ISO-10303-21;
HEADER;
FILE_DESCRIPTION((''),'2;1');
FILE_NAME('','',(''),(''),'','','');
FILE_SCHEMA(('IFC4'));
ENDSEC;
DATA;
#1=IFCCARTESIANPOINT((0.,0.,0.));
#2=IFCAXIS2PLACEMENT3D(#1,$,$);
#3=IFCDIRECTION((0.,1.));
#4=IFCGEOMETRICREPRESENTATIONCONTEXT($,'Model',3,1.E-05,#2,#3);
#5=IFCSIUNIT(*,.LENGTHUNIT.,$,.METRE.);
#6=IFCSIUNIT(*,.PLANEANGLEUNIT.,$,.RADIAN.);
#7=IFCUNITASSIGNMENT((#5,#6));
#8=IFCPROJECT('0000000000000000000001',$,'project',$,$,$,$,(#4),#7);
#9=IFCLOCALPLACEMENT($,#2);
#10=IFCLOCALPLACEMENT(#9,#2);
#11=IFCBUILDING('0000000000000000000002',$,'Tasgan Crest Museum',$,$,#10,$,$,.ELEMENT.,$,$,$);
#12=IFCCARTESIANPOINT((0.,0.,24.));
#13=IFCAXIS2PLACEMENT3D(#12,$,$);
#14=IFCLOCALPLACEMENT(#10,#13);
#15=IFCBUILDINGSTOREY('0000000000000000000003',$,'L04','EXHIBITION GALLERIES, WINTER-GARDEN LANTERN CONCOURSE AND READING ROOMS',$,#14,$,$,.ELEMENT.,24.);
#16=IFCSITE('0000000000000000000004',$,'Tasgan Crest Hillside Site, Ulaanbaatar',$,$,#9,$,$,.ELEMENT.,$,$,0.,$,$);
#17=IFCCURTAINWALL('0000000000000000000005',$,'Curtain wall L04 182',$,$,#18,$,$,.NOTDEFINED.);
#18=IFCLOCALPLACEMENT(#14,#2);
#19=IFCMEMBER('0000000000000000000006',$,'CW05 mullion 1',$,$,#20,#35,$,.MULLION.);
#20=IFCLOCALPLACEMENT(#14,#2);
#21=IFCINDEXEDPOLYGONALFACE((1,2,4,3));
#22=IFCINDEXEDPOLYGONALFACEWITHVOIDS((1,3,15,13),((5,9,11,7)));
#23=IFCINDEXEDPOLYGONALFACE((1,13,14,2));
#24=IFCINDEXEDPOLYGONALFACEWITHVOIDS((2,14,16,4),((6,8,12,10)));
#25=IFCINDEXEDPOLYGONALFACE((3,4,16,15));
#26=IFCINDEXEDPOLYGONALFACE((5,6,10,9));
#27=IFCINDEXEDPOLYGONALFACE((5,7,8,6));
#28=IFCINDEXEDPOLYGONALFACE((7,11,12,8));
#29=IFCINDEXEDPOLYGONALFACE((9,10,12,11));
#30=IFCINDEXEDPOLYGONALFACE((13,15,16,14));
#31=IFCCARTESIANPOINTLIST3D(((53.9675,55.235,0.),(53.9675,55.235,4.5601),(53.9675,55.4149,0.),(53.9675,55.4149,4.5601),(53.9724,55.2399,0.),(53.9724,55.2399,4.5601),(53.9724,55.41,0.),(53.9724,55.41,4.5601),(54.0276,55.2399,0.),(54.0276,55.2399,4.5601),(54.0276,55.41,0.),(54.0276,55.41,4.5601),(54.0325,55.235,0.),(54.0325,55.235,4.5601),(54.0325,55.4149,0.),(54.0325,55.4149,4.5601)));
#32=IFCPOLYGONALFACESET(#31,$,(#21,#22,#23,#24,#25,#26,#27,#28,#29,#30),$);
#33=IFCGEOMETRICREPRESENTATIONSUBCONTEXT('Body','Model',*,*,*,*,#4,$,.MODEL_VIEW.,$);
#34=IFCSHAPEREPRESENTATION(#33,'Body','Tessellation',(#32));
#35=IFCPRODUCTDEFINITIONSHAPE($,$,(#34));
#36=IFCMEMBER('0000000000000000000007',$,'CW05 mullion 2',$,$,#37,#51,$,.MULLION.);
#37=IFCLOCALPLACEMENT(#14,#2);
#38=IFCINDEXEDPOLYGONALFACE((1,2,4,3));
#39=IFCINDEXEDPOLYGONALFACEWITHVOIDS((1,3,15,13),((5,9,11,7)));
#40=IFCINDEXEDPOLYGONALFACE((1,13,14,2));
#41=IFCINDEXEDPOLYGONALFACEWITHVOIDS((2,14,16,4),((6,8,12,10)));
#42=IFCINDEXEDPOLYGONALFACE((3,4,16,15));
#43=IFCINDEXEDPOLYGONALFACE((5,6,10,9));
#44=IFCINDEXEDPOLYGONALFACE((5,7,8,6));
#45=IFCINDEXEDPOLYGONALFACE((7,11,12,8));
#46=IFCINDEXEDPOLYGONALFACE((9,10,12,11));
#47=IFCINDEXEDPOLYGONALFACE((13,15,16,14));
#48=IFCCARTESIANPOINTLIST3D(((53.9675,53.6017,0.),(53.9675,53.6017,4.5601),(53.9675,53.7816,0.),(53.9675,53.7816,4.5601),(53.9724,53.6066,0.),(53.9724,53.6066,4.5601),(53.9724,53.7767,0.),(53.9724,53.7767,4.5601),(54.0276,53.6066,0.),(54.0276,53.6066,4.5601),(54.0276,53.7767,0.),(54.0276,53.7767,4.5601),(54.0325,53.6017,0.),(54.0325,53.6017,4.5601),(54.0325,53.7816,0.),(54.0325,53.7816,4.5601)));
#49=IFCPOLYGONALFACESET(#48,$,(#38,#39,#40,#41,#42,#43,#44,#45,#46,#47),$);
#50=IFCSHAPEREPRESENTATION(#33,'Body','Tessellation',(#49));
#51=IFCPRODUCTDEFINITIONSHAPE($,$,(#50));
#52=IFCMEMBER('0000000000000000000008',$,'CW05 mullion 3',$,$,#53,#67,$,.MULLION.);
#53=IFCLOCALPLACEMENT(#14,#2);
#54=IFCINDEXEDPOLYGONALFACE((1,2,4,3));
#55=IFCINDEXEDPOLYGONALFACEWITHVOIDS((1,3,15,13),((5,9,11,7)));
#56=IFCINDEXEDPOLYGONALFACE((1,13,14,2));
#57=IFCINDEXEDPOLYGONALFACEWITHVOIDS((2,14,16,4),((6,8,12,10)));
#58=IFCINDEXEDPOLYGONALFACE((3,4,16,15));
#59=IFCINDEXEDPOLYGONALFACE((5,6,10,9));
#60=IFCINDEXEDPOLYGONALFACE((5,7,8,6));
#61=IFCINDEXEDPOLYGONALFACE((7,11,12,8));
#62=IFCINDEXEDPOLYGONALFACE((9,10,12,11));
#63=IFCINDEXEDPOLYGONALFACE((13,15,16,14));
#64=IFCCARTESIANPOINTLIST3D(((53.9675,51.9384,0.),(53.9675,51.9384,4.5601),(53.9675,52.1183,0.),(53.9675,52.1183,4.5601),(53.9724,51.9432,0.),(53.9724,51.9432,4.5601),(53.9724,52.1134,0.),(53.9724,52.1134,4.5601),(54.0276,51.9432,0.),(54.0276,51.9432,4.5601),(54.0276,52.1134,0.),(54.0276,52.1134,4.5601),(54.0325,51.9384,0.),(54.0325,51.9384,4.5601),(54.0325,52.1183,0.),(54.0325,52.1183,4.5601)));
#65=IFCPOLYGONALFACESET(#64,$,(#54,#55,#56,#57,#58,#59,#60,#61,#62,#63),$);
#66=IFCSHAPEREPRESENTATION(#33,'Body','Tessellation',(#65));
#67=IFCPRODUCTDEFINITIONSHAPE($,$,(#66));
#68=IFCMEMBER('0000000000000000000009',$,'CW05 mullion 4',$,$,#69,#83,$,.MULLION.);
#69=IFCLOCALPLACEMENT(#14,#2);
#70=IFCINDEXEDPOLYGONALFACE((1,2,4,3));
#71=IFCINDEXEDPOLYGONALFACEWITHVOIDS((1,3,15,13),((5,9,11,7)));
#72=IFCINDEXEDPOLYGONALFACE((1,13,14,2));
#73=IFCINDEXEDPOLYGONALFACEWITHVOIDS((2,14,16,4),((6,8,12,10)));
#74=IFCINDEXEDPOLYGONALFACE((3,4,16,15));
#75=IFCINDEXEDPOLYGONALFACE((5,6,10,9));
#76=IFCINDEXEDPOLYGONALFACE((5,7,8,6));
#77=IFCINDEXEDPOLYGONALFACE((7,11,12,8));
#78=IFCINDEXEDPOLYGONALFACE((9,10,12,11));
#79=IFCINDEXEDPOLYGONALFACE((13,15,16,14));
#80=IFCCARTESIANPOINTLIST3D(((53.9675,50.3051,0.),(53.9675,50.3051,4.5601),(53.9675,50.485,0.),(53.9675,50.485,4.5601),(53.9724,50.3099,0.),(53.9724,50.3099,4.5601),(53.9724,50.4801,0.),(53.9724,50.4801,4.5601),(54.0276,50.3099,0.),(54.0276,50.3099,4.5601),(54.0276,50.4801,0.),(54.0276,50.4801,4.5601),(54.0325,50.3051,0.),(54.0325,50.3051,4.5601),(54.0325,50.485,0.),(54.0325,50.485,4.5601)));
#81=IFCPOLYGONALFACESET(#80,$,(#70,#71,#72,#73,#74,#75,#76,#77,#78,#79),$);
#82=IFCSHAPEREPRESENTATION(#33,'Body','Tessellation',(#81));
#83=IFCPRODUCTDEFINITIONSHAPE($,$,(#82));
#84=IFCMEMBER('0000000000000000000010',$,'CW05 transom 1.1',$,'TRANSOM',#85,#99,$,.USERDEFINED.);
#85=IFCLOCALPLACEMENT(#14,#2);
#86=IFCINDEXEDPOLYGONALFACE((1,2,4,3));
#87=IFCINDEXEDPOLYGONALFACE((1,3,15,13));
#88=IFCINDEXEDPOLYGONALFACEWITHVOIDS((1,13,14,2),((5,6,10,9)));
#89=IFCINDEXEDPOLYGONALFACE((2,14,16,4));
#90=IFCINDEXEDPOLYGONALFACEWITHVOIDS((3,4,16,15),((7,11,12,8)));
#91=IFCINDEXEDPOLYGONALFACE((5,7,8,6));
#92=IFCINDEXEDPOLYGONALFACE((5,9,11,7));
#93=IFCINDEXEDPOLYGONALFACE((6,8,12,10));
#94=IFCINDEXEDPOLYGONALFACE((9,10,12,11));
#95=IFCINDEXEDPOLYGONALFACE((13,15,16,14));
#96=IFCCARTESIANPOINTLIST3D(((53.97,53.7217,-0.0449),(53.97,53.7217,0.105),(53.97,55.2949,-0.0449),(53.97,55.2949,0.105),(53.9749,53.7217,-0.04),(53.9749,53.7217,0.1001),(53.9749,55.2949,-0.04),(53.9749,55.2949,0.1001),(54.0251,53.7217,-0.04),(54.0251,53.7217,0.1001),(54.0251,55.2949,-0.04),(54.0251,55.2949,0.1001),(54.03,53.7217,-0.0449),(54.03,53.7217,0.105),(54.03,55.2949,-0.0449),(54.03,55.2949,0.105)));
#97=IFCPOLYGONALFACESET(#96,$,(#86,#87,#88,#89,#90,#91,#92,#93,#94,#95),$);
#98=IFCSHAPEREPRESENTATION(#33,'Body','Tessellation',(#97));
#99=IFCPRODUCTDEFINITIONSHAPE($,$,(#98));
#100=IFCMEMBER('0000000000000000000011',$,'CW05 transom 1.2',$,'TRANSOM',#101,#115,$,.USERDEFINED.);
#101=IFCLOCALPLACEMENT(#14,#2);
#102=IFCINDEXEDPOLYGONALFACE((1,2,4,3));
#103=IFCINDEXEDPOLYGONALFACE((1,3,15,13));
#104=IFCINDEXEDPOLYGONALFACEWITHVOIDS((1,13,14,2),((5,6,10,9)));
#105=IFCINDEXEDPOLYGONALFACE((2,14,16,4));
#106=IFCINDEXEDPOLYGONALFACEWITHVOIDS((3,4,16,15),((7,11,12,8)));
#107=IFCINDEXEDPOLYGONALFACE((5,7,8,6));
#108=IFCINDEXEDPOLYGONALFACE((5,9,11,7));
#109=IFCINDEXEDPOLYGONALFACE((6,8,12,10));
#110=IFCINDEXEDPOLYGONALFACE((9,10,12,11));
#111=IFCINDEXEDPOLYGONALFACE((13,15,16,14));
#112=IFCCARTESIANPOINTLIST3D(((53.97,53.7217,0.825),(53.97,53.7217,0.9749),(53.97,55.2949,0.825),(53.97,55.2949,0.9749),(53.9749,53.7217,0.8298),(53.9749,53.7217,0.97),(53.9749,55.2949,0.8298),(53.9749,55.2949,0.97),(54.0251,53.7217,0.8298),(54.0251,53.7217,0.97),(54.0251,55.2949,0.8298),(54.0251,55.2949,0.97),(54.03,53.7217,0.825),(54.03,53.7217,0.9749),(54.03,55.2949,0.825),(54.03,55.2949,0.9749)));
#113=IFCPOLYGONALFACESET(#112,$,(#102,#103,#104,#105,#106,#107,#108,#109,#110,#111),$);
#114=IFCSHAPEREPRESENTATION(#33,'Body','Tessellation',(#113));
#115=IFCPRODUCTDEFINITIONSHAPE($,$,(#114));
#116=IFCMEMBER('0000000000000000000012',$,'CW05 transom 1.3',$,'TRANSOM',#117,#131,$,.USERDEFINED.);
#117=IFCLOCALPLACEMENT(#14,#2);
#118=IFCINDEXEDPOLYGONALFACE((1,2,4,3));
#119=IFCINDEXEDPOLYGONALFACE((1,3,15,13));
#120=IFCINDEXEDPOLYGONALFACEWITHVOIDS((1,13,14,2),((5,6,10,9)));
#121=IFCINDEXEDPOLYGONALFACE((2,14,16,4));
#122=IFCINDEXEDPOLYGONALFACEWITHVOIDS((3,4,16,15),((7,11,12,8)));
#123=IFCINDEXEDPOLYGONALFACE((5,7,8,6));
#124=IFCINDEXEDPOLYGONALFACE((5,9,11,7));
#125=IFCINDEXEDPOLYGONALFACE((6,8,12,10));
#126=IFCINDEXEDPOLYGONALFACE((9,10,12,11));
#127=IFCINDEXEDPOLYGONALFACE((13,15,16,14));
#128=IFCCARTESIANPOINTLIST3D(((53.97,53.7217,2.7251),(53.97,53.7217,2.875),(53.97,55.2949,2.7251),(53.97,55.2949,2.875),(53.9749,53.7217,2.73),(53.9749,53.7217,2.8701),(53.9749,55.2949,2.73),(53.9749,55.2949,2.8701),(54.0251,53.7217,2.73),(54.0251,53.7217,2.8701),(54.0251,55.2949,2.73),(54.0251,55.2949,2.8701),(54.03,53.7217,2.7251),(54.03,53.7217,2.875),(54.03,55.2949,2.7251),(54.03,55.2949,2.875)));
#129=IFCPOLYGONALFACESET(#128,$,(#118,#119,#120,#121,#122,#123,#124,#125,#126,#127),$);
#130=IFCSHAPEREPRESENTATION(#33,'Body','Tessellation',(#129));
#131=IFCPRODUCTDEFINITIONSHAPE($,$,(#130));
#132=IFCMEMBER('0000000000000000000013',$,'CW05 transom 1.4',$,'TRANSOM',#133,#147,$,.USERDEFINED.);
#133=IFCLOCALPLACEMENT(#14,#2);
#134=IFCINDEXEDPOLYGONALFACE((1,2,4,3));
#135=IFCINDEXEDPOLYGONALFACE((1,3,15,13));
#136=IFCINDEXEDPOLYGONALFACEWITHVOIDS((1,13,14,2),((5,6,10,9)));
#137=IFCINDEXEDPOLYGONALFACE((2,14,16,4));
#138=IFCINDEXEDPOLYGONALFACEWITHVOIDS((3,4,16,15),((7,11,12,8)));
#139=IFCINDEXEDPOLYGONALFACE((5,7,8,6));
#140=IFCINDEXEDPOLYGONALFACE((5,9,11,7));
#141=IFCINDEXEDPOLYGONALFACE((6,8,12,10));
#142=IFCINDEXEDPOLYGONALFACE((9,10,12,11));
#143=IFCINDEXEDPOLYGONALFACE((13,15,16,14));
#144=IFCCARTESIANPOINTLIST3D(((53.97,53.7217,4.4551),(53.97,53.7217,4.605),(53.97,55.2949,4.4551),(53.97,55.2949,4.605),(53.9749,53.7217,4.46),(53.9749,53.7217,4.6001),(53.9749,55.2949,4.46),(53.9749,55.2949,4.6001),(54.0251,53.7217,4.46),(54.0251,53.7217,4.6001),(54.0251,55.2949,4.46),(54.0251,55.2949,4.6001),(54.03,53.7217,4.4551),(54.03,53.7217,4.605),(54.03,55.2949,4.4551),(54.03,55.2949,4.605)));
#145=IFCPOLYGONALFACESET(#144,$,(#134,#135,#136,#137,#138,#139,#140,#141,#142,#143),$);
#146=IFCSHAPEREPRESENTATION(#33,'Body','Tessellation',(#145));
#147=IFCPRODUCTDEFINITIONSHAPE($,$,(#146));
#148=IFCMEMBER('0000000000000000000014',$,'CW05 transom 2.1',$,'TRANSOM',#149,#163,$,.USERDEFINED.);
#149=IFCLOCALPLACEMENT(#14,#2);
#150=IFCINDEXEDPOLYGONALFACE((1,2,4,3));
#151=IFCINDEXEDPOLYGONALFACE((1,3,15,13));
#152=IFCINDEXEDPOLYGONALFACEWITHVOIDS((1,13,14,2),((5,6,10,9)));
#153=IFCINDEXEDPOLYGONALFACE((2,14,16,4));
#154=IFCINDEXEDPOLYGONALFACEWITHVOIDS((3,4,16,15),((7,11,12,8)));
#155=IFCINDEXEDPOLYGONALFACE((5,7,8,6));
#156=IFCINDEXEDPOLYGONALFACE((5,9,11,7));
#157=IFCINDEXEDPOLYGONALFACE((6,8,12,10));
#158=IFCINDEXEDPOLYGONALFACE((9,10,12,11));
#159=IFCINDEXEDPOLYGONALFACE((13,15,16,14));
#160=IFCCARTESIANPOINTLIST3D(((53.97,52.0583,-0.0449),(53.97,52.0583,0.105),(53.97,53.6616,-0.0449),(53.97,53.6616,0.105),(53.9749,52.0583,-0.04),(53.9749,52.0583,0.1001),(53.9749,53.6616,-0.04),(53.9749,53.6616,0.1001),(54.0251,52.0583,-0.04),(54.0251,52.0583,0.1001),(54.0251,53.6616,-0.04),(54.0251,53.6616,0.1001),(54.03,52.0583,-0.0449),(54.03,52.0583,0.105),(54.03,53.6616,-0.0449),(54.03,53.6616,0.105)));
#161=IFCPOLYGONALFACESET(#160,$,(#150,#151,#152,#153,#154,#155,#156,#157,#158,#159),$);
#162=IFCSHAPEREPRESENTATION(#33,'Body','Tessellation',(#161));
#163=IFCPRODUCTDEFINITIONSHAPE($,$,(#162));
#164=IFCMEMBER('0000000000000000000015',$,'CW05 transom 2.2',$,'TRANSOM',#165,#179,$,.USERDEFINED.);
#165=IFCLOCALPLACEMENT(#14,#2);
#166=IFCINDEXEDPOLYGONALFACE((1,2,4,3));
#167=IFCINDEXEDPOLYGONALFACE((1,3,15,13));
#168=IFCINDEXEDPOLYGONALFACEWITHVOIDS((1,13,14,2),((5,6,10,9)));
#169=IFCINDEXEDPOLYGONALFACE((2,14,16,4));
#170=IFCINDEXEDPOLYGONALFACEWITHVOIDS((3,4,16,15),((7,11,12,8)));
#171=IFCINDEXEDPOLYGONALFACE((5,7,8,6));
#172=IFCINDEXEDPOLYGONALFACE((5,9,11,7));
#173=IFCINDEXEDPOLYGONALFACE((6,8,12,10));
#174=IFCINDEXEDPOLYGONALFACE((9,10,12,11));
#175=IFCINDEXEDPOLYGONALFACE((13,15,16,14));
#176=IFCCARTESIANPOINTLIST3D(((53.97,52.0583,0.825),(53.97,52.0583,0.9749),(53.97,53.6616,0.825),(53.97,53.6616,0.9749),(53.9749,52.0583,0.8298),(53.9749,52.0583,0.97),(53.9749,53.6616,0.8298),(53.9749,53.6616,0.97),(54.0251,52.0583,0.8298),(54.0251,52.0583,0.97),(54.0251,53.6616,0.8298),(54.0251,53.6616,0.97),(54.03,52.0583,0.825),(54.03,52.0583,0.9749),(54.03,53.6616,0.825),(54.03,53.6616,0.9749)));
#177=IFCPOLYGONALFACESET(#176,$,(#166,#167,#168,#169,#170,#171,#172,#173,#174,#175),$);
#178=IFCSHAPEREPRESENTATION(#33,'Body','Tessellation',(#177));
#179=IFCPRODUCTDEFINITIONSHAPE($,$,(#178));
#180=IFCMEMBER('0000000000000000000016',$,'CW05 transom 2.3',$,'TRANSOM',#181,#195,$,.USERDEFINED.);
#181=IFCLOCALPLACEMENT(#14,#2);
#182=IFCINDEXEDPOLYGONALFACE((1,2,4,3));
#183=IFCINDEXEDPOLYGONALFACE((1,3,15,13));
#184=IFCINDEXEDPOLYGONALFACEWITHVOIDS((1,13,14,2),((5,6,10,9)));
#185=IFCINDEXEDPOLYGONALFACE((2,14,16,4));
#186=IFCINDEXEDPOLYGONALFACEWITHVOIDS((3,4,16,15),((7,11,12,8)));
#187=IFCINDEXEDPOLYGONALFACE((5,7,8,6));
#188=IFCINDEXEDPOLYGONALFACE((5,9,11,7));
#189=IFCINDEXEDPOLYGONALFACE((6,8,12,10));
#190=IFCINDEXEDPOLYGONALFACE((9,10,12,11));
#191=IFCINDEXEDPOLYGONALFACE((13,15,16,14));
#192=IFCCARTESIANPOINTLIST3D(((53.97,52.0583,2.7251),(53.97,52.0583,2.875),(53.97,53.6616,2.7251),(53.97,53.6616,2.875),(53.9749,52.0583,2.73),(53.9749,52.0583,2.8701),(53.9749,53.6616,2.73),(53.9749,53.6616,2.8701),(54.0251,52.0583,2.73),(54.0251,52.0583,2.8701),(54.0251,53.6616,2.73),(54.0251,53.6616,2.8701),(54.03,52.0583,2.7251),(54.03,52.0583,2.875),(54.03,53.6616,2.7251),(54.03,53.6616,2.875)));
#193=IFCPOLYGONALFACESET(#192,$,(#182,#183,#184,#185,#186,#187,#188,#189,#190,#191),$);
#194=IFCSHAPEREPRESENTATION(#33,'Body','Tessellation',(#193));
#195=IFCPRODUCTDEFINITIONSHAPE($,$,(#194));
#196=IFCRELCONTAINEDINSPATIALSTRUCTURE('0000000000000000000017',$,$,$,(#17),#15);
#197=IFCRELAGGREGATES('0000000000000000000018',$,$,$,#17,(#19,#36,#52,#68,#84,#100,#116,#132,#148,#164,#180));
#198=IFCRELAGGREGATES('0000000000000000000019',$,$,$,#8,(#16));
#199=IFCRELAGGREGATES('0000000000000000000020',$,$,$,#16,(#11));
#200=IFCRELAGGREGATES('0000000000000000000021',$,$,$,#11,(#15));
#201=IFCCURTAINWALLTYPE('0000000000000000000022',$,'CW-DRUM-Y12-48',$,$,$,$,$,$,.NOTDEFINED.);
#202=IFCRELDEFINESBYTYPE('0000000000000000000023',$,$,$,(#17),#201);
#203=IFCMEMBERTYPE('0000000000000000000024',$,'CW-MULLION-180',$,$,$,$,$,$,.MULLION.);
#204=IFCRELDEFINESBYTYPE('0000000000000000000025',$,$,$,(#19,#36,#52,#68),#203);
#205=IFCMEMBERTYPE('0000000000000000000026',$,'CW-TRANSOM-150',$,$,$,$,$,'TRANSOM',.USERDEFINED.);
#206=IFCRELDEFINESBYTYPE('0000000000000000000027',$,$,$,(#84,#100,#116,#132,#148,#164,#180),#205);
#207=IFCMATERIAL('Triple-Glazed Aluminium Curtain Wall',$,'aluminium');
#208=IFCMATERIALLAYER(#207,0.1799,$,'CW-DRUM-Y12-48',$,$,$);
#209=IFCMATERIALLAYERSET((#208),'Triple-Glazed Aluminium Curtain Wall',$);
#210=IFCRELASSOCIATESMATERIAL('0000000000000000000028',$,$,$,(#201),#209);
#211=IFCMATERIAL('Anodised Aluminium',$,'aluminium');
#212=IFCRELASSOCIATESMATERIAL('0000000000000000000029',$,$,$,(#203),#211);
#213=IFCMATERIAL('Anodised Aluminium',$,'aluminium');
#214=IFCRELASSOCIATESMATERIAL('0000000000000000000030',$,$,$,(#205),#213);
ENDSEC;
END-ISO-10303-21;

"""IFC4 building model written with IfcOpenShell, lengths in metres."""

from ifc_helpers import new_model, si_unit, direction, frame, origin, origin_2d, place, context, subcontext, project, spatial, hollow_rectangle, extrude, material, layer, layer_set, material_profile, profile_set, type_object, element, aggregate, save


model = new_model("IFC4")

# Units and contexts
model_context = context("Model", 3, precision=1e-05, world=origin(), true_north=direction((0.0, 1.0)))
body_context = subcontext(model_context, "Body", "Model", "MODEL_VIEW")
ifc_project = project(units=[si_unit("LENGTHUNIT", "METRE"), si_unit("PLANEANGLEUNIT", "RADIAN")], contexts=[model_context])

# Site, building, storey
site_placement = place(None, origin())
site = spatial("IfcSite", under=ifc_project, at=site_placement, Name="Tasgan Crest Hillside Site, Ulaanbaatar", CompositionType="ELEMENT", RefElevation=0.0)
building_placement = place(site_placement, origin())
building = spatial("IfcBuilding", under=site, at=building_placement, Name="Tasgan Crest Museum", CompositionType="ELEMENT")
storey_placement = place(building_placement, frame((0.0, 0.0, 24.0)))
storey = spatial("IfcBuildingStorey", under=building, at=storey_placement, Name="L04", Description="EXHIBITION GALLERIES, WINTER-GARDEN LANTERN CONCOURSE AND READING ROOMS", CompositionType="ELEMENT", Elevation=24.0)

# Shared definitions
ifc_material_1 = material(Name="Triple-Glazed Aluminium Curtain Wall", Category="aluminium")
ifc_layer_1 = layer(ifc_material_1, 0.1799, Name="CW-DRUM-Y12-48")
ifc_layer_set_1 = layer_set([ifc_layer_1], Name="Triple-Glazed Aluminium Curtain Wall")
curtain_wall_type = type_object("IfcCurtainWallType", Name="CW-DRUM-Y12-48", PredefinedType="NOTDEFINED", material=ifc_layer_set_1)
ifc_material_2 = material(Name="Anodised Aluminium", Category="aluminium")
ifc_material_profile_1 = material_profile(ifc_material_2, hollow_rectangle(XDim=0.0649, YDim=0.1799, WallThickness=0.0049, at=origin_2d()), Name="ALU MULLION 180x65x5")
ifc_profile_set_1 = profile_set([ifc_material_profile_1], Name="Anodised Aluminium")
member_type_1 = type_object("IfcMemberType", Name="CW-MULLION-180", PredefinedType="MULLION", material=ifc_profile_set_1)

# Curtain wall, members
curtain_wall_1_placement = place(storey_placement, origin())
curtain_wall_1 = element("IfcCurtainWall", 1, at=curtain_wall_1_placement, inside=storey, type_object=curtain_wall_type, Name="Curtain wall L04 182", PredefinedType="NOTDEFINED")
member_1_placement = place(storey_placement, frame((54.0, 55.325, 0.0), z_axis=(0.0, 0.0, 1.0), x_axis=(1.0, 0.0, 0.0)))
member_1 = element("IfcMember", 2, at=member_1_placement, type_object=member_type_1, Name="CW05 mullion 1", PredefinedType="MULLION", context=body_context, shape_type="SweptSolid", body=[
    extrude(hollow_rectangle(XDim=0.0649, YDim=0.1799, WallThickness=0.0049, at=origin_2d()), origin(), (0.0, 0.0, 1.0), 4.5601),
])
member_2_placement = place(storey_placement, frame((54.0, 53.6917, 0.0), z_axis=(0.0, 0.0, 1.0), x_axis=(1.0, 0.0, 0.0)))
member_2 = element("IfcMember", 3, at=member_2_placement, type_object=member_type_1, Name="CW05 mullion 2", PredefinedType="MULLION", context=body_context, shape_type="SweptSolid", body=[
    extrude(hollow_rectangle(XDim=0.0649, YDim=0.1799, WallThickness=0.0049, at=origin_2d()), origin(), (0.0, 0.0, 1.0), 4.5601),
])
member_3_placement = place(storey_placement, frame((54.0, 52.0283, 0.0), z_axis=(0.0, 0.0, 1.0), x_axis=(1.0, 0.0, 0.0)))
member_3 = element("IfcMember", 4, at=member_3_placement, type_object=member_type_1, Name="CW05 mullion 3", PredefinedType="MULLION", context=body_context, shape_type="SweptSolid", body=[
    extrude(hollow_rectangle(XDim=0.0649, YDim=0.1799, WallThickness=0.0049, at=origin_2d()), origin(), (0.0, 0.0, 1.0), 4.5601),
])
member_4_placement = place(storey_placement, frame((54.0, 50.395, 0.0), z_axis=(0.0, 0.0, 1.0), x_axis=(1.0, 0.0, 0.0)))
member_4 = element("IfcMember", 5, at=member_4_placement, type_object=member_type_1, Name="CW05 mullion 4", PredefinedType="MULLION", context=body_context, shape_type="SweptSolid", body=[
    extrude(hollow_rectangle(XDim=0.0649, YDim=0.1799, WallThickness=0.0049, at=origin_2d()), origin(), (0.0, 0.0, 1.0), 4.5601),
])
ifc_material_3 = material(Name="Anodised Aluminium", Category="aluminium")
ifc_material_profile_2 = material_profile(ifc_material_3, hollow_rectangle(XDim=0.0601, YDim=0.1499, WallThickness=0.0049, at=origin_2d()), Name="ALU TRANSOM 150x60x5")
ifc_profile_set_2 = profile_set([ifc_material_profile_2], Name="Anodised Aluminium")
member_type_2 = type_object("IfcMemberType", Name="CW-TRANSOM-150", ElementType="TRANSOM", PredefinedType="USERDEFINED", material=ifc_profile_set_2)
member_5_placement = place(storey_placement, frame((54.0, 55.2949, 0.03), z_axis=(0.0, -1.0, 0.0), x_axis=(1.0, 0.0, 0.0)))
member_5 = element("IfcMember", 6, at=member_5_placement, type_object=member_type_2, Name="CW05 transom 1.1", ObjectType="TRANSOM", PredefinedType="USERDEFINED", context=body_context, shape_type="SweptSolid", body=[
    extrude(hollow_rectangle(XDim=0.0601, YDim=0.1499, WallThickness=0.0049, at=origin_2d()), origin(), (0.0, 0.0, 1.0), 1.5732),
])
member_6_placement = place(storey_placement, frame((54.0, 55.2949, 0.8999), z_axis=(0.0, -1.0, 0.0), x_axis=(1.0, 0.0, 0.0)))
member_6 = element("IfcMember", 7, at=member_6_placement, type_object=member_type_2, Name="CW05 transom 1.2", ObjectType="TRANSOM", PredefinedType="USERDEFINED", context=body_context, shape_type="SweptSolid", body=[
    extrude(hollow_rectangle(XDim=0.0601, YDim=0.1499, WallThickness=0.0049, at=origin_2d()), origin(), (0.0, 0.0, 1.0), 1.5732),
])
member_7_placement = place(storey_placement, frame((54.0, 55.2949, 2.8), z_axis=(0.0, -1.0, 0.0), x_axis=(1.0, 0.0, 0.0)))
member_7 = element("IfcMember", 8, at=member_7_placement, type_object=member_type_2, Name="CW05 transom 1.3", ObjectType="TRANSOM", PredefinedType="USERDEFINED", context=body_context, shape_type="SweptSolid", body=[
    extrude(hollow_rectangle(XDim=0.0601, YDim=0.1499, WallThickness=0.0049, at=origin_2d()), origin(), (0.0, 0.0, 1.0), 1.5732),
])
member_8_placement = place(storey_placement, frame((54.0, 55.2949, 4.53), z_axis=(0.0, -1.0, 0.0), x_axis=(1.0, 0.0, 0.0)))
member_8 = element("IfcMember", 9, at=member_8_placement, type_object=member_type_2, Name="CW05 transom 1.4", ObjectType="TRANSOM", PredefinedType="USERDEFINED", context=body_context, shape_type="SweptSolid", body=[
    extrude(hollow_rectangle(XDim=0.0601, YDim=0.1499, WallThickness=0.0049, at=origin_2d()), origin(), (0.0, 0.0, 1.0), 1.5732),
])
member_9_placement = place(storey_placement, frame((54.0, 53.6616, 0.03), z_axis=(0.0, -1.0, 0.0), x_axis=(1.0, 0.0, 0.0)))
member_9 = element("IfcMember", 10, at=member_9_placement, type_object=member_type_2, Name="CW05 transom 2.1", ObjectType="TRANSOM", PredefinedType="USERDEFINED", context=body_context, shape_type="SweptSolid", body=[
    extrude(hollow_rectangle(XDim=0.0601, YDim=0.1499, WallThickness=0.0049, at=origin_2d()), origin(), (0.0, 0.0, 1.0), 1.6033),
])
member_10_placement = place(storey_placement, frame((54.0, 53.6616, 0.8999), z_axis=(0.0, -1.0, 0.0), x_axis=(1.0, 0.0, 0.0)))
member_10 = element("IfcMember", 11, at=member_10_placement, type_object=member_type_2, Name="CW05 transom 2.2", ObjectType="TRANSOM", PredefinedType="USERDEFINED", context=body_context, shape_type="SweptSolid", body=[
    extrude(hollow_rectangle(XDim=0.0601, YDim=0.1499, WallThickness=0.0049, at=origin_2d()), origin(), (0.0, 0.0, 1.0), 1.6033),
])
member_11_placement = place(storey_placement, frame((54.0, 53.6616, 2.8), z_axis=(0.0, -1.0, 0.0), x_axis=(1.0, 0.0, 0.0)))
member_11 = element("IfcMember", 12, at=member_11_placement, type_object=member_type_2, Name="CW05 transom 2.3", ObjectType="TRANSOM", PredefinedType="USERDEFINED", context=body_context, shape_type="SweptSolid", body=[
    extrude(hollow_rectangle(XDim=0.0601, YDim=0.1499, WallThickness=0.0049, at=origin_2d()), origin(), (0.0, 0.0, 1.0), 1.6033),
])
aggregate(curtain_wall_1, [member_1, member_2, member_3, member_4, member_5, member_6, member_7, member_8, member_9, member_10, member_11])

save(model, "model.ifc")
